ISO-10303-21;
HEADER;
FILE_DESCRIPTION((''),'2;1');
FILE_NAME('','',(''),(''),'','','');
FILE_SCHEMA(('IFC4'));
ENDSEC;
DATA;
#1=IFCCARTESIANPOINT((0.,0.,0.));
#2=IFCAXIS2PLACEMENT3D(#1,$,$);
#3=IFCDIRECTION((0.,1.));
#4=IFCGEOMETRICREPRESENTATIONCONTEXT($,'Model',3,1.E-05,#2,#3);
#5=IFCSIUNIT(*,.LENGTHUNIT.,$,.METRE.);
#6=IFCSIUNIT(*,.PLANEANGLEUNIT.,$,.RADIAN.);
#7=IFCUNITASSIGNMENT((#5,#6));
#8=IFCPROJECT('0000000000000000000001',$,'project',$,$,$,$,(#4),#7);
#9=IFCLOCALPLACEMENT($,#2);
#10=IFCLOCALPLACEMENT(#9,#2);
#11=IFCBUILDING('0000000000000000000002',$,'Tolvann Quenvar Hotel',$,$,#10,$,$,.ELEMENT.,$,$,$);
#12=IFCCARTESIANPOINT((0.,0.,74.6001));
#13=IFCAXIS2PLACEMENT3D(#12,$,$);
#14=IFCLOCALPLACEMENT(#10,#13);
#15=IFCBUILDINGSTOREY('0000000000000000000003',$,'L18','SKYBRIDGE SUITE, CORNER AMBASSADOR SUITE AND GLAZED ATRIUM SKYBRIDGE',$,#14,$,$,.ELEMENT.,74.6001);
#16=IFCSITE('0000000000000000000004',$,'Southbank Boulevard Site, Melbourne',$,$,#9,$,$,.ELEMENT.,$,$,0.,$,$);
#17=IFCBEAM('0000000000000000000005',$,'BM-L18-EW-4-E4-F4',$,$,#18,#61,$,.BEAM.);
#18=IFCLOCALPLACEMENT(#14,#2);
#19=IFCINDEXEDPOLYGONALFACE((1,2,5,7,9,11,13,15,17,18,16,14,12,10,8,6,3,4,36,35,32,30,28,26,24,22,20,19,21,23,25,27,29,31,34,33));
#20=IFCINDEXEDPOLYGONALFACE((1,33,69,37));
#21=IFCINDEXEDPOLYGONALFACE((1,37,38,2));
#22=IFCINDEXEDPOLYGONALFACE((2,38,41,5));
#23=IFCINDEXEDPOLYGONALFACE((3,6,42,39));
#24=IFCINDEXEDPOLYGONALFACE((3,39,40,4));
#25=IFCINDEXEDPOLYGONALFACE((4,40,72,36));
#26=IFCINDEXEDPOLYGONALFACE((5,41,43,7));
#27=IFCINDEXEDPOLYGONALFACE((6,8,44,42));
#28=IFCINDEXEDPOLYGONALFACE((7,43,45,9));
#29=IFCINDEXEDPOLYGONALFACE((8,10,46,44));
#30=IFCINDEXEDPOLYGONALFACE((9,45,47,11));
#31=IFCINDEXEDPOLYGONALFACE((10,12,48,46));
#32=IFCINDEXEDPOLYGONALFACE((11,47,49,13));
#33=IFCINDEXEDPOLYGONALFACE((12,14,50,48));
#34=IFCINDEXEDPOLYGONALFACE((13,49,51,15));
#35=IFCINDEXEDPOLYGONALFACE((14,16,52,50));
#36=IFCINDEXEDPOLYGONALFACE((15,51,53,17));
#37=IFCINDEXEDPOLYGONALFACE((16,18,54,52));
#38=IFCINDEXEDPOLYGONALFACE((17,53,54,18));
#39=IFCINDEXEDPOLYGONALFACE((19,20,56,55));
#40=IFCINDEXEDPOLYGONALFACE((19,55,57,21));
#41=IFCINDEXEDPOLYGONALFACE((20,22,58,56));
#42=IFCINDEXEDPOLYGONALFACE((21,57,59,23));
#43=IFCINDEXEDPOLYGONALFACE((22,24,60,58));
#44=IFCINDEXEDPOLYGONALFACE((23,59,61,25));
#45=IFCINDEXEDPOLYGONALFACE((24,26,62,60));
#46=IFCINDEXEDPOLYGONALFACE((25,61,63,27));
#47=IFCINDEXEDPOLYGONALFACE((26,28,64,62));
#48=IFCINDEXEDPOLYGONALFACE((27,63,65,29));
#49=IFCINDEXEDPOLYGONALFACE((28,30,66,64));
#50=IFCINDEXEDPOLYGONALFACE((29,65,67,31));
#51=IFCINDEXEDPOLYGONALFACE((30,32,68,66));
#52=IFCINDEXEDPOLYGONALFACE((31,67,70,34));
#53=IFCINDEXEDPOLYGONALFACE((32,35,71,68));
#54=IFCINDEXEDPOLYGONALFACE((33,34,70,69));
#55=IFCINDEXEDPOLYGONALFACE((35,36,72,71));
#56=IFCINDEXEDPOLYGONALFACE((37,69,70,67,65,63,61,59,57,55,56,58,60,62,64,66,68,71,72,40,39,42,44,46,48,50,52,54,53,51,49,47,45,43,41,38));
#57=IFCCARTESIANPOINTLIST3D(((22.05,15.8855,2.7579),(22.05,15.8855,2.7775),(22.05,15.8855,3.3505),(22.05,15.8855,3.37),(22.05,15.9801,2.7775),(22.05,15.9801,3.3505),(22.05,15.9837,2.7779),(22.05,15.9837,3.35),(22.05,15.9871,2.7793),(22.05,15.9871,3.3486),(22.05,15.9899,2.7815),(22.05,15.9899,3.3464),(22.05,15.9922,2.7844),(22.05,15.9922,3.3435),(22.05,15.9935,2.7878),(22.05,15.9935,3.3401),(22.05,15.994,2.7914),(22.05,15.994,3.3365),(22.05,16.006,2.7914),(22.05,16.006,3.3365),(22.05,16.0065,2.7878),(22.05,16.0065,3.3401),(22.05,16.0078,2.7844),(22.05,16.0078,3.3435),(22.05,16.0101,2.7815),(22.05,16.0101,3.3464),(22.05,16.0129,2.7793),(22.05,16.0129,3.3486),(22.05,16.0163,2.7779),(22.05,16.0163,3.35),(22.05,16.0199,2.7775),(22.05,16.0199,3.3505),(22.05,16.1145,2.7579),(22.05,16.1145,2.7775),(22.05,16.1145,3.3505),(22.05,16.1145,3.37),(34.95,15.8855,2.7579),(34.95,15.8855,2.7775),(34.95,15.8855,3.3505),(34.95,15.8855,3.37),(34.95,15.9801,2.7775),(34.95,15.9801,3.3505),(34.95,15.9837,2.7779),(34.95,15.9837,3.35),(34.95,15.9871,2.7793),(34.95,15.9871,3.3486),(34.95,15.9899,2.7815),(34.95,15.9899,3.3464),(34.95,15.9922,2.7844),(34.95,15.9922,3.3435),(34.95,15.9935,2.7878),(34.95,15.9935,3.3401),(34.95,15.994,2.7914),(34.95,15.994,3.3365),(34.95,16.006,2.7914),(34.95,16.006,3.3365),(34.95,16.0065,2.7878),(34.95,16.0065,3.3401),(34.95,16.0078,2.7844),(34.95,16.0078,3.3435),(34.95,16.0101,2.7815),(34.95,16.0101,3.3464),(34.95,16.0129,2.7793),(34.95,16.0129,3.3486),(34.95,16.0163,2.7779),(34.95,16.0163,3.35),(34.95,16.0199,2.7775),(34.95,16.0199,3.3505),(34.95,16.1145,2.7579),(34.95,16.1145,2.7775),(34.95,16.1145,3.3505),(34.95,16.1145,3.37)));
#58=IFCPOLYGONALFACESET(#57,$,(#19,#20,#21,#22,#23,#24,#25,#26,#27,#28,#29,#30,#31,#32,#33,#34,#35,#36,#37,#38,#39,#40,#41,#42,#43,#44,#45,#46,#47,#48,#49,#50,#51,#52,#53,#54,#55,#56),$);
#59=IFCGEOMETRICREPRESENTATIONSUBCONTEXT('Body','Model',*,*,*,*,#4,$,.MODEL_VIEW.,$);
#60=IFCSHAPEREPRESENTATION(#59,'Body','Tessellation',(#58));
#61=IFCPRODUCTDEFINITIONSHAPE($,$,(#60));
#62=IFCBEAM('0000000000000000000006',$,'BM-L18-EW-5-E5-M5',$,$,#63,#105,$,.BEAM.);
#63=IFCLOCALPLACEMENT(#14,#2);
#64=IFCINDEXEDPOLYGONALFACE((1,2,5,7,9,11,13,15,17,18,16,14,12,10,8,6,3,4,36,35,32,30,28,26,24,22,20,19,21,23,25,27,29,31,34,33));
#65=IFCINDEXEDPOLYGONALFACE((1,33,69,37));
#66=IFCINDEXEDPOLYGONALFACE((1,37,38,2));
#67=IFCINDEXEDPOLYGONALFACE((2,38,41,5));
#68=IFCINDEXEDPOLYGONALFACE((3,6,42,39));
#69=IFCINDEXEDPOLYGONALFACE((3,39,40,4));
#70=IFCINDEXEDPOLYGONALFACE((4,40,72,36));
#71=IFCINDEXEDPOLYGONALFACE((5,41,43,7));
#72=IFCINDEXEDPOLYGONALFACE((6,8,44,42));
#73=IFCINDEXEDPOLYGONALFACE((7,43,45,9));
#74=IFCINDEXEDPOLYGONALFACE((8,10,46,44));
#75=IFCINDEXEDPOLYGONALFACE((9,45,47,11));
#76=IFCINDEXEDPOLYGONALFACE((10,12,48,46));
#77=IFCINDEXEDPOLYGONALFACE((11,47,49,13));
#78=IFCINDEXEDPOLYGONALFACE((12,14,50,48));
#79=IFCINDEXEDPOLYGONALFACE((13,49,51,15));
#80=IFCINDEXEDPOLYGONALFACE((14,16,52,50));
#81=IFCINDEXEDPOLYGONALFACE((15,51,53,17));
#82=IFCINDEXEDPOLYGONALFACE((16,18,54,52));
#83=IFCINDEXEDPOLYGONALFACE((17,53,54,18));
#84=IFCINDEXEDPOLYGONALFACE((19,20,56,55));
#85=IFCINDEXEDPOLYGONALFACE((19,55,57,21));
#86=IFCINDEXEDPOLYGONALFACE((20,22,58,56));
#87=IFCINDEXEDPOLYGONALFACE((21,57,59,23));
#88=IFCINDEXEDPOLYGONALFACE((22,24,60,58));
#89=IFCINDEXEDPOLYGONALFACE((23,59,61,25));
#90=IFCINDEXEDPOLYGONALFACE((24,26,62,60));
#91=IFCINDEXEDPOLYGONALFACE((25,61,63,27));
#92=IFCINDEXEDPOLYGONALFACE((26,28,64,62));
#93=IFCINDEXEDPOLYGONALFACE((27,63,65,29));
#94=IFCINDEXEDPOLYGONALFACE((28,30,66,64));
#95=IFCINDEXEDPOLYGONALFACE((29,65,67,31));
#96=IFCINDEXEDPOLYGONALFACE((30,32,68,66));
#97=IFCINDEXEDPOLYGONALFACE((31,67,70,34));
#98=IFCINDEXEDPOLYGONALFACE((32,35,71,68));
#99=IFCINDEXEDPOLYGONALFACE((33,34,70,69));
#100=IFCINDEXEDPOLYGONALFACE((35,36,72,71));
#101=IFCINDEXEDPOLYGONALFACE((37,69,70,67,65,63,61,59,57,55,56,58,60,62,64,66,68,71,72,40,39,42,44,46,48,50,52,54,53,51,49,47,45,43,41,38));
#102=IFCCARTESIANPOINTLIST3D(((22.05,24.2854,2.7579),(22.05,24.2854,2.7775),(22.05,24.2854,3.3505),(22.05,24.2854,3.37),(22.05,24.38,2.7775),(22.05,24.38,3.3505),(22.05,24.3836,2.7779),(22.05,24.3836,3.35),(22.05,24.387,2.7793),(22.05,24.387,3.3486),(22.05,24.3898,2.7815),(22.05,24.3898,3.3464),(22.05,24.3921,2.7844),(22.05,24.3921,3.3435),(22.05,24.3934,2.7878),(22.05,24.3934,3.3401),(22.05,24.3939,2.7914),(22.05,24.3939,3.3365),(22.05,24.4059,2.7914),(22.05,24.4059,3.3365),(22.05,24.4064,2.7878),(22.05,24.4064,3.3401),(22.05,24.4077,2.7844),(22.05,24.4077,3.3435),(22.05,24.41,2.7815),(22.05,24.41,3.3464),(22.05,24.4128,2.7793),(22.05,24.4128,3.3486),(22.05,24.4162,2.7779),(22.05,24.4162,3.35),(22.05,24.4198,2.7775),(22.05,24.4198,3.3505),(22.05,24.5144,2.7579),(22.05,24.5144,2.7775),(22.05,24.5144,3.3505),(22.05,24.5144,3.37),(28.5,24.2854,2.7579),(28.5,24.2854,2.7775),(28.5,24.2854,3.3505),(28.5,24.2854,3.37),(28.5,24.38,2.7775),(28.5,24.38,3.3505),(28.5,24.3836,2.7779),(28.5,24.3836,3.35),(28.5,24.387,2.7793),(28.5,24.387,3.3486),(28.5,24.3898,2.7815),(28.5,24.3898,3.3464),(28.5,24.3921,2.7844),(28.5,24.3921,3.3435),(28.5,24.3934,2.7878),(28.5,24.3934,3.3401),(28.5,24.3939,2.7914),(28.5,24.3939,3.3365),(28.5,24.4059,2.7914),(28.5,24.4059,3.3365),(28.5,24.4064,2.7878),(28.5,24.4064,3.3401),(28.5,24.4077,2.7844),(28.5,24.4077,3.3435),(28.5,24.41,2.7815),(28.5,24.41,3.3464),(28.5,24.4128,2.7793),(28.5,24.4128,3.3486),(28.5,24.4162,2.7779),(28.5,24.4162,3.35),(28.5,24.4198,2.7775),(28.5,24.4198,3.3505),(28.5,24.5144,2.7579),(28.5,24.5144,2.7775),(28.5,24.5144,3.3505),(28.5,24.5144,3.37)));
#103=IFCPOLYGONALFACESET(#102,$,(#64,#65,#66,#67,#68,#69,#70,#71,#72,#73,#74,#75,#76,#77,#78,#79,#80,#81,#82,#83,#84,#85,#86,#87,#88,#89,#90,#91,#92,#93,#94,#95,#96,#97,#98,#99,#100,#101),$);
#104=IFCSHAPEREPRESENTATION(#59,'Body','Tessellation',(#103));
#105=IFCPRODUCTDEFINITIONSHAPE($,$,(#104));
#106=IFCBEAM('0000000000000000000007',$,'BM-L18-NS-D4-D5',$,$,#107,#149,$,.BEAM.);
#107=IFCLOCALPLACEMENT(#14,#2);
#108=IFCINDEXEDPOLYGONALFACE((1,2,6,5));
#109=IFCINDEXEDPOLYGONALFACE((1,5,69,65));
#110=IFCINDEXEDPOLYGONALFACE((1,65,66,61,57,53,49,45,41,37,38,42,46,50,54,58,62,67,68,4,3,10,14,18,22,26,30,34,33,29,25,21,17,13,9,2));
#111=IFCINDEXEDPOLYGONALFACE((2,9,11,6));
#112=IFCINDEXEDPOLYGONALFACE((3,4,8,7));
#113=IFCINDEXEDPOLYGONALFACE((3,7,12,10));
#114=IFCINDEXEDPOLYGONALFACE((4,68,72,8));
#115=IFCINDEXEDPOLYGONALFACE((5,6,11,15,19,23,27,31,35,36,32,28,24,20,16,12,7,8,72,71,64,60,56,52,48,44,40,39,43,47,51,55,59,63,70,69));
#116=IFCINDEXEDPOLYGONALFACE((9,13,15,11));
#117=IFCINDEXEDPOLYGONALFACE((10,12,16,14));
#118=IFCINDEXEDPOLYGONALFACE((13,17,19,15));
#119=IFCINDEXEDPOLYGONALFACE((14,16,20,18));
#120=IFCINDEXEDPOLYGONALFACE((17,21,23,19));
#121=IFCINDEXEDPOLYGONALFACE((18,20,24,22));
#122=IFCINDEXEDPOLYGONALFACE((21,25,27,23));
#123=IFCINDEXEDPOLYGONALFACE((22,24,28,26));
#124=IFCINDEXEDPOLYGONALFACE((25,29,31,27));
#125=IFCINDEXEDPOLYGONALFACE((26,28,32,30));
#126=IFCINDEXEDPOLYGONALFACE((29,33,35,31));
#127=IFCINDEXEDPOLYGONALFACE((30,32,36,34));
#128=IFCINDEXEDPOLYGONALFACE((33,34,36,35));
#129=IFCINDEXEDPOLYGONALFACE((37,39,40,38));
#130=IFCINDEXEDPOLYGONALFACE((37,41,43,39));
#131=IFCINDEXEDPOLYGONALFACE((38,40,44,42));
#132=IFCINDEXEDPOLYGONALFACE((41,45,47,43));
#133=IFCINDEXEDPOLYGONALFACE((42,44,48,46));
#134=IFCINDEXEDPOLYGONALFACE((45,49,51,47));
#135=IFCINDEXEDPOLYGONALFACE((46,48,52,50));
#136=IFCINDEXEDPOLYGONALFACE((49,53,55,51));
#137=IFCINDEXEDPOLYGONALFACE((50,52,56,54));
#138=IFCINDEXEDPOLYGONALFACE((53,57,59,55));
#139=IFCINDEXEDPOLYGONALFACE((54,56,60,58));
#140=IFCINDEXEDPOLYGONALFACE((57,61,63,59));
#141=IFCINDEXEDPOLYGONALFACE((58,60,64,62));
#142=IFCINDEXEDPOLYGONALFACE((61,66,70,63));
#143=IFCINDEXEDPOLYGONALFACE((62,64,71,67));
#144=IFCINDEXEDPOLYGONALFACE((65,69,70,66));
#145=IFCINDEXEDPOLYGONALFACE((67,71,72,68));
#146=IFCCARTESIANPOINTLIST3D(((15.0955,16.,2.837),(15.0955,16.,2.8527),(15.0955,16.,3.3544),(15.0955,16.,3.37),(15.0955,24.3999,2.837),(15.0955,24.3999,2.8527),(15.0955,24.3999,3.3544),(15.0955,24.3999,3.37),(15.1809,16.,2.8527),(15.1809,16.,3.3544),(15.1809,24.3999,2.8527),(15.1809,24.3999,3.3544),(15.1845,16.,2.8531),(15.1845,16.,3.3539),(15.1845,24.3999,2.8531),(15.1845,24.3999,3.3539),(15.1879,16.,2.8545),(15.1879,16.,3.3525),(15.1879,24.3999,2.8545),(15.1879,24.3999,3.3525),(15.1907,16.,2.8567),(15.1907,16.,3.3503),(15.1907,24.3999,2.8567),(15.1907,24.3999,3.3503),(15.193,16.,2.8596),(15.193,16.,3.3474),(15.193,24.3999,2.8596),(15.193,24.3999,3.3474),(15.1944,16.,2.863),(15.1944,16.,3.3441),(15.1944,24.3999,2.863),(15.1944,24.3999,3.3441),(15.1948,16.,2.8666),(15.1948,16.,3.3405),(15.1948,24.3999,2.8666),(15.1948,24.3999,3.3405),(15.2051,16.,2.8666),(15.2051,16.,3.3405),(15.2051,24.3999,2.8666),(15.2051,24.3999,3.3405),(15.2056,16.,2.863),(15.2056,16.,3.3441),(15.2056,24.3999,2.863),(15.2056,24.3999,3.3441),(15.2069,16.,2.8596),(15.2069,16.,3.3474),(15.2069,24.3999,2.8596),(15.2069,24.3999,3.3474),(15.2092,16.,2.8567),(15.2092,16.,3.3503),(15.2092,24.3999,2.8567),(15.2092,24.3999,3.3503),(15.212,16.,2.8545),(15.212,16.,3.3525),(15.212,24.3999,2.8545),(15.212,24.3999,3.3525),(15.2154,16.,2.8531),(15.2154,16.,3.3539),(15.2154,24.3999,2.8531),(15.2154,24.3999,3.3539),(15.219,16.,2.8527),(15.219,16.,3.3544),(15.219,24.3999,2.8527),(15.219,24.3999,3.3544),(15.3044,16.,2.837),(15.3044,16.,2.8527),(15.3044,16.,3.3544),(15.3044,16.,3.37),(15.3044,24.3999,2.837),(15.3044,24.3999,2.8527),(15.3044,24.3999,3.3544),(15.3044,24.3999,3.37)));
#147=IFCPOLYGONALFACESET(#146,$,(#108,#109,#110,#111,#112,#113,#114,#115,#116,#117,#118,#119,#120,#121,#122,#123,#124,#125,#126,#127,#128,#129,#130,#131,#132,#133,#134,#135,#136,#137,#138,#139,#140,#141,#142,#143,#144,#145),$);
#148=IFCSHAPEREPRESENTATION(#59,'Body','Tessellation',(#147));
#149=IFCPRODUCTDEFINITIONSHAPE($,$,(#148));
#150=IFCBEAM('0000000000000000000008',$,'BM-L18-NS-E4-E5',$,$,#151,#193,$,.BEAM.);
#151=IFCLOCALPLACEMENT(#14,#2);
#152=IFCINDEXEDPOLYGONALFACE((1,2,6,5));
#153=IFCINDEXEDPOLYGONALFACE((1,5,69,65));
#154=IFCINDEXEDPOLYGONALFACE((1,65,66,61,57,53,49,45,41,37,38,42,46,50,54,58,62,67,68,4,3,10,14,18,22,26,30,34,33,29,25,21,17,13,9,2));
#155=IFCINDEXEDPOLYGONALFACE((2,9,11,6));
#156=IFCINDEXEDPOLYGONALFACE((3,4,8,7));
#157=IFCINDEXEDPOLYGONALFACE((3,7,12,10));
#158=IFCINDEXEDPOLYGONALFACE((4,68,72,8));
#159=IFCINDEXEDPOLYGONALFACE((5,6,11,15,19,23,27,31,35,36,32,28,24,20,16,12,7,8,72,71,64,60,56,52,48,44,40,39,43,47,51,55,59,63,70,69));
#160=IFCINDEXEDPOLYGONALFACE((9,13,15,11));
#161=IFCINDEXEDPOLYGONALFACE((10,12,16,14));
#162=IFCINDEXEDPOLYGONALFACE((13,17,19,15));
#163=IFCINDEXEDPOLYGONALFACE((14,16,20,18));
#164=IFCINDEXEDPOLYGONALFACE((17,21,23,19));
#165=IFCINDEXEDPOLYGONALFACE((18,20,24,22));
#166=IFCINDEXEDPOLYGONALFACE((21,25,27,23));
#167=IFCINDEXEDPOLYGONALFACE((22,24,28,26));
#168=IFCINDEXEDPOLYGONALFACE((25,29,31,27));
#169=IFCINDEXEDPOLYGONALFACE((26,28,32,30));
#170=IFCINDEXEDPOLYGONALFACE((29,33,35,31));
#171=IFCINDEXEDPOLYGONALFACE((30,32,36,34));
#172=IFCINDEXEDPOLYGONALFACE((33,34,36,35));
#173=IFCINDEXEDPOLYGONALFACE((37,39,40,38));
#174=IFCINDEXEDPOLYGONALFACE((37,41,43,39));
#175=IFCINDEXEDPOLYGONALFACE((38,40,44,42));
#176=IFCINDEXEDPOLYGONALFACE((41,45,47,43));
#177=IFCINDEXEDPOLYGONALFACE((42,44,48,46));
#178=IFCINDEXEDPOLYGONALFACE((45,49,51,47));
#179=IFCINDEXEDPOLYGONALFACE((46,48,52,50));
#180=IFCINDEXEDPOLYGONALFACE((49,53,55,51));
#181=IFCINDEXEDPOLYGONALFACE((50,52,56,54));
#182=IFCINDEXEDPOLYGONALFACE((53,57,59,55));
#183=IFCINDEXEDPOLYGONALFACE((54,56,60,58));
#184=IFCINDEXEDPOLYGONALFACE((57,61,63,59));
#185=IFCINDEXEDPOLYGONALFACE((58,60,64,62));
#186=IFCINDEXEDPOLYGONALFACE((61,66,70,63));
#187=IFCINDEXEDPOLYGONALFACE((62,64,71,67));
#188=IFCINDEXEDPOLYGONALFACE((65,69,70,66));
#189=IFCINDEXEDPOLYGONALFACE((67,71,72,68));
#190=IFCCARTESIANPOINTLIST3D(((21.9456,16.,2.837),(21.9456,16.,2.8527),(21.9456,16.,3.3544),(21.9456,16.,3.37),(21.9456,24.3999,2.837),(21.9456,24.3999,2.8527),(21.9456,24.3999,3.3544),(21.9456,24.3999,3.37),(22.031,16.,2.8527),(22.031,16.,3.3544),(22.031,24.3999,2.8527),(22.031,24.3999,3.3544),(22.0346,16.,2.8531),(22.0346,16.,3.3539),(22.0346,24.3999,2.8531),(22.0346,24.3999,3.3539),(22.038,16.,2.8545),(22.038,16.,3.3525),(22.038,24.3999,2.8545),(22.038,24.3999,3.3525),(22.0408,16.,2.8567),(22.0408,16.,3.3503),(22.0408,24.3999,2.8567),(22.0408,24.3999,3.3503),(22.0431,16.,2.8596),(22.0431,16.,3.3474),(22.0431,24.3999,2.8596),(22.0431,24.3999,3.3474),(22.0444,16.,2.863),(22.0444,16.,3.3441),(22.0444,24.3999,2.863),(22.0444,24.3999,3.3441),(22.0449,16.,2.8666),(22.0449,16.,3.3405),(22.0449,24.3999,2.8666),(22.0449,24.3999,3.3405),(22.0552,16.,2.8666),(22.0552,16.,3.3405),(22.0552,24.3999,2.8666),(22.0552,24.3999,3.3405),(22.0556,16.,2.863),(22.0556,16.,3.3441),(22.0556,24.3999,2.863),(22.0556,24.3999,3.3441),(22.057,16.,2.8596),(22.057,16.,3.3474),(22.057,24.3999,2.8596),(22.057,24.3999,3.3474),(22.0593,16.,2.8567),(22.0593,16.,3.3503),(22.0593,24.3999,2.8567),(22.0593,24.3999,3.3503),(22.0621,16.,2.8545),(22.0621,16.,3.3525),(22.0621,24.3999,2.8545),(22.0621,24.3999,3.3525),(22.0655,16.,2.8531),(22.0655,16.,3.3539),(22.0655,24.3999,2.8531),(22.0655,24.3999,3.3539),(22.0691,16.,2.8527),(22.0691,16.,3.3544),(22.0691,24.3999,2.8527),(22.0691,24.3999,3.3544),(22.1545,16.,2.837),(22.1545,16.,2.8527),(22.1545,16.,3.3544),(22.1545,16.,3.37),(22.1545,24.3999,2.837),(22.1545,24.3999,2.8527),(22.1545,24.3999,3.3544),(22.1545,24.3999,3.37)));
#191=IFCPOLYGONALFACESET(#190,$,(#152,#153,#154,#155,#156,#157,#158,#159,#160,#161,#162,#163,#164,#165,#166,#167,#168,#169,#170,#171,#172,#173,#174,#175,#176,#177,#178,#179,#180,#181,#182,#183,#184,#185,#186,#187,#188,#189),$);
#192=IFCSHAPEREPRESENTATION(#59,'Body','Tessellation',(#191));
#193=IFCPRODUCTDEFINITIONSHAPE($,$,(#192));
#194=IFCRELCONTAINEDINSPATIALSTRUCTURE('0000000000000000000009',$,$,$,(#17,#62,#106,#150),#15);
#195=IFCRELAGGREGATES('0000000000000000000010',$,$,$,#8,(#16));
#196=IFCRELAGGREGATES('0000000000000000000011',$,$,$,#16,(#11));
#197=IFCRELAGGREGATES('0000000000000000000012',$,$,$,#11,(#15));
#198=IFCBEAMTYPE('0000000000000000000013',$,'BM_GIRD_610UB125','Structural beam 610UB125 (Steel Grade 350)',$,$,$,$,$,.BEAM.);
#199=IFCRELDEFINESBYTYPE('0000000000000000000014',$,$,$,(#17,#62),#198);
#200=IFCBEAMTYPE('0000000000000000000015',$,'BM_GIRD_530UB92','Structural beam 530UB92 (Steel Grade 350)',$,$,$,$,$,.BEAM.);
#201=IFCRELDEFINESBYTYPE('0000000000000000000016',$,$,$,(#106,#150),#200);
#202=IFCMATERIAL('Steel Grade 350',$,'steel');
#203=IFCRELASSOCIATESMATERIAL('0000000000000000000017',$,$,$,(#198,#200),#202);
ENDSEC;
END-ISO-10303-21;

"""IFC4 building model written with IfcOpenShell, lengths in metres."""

from ifc_helpers import new_model, si_unit, direction, frame, origin, origin_2d, place, context, subcontext, project, spatial, i_section, extrude, source, transform, mapped, material, material_profile, profile_set, type_object, type_shapes, element, save


model = new_model("IFC4")

# Units and contexts
model_context = context("Model", 3, precision=1e-05, world=origin(), true_north=direction((0.0, 1.0)))
body_context = subcontext(model_context, "Body", "Model", "MODEL_VIEW")
ifc_project = project(units=[si_unit("LENGTHUNIT", "METRE"), si_unit("PLANEANGLEUNIT", "RADIAN")], contexts=[model_context])

# Site, building, storey
site_placement = place(None, origin())
site = spatial("IfcSite", under=ifc_project, at=site_placement, Name="Southbank Boulevard Site, Melbourne", CompositionType="ELEMENT", RefElevation=0.0)
building_placement = place(site_placement, origin())
building = spatial("IfcBuilding", under=site, at=building_placement, Name="Tolvann Quenvar Hotel", CompositionType="ELEMENT")
storey_placement = place(building_placement, frame((0.0, 0.0, 74.6001)))
storey = spatial("IfcBuildingStorey", under=building, at=storey_placement, Name="L18", Description="SKYBRIDGE SUITE, CORNER AMBASSADOR SUITE AND GLAZED ATRIUM SKYBRIDGE", CompositionType="ELEMENT", Elevation=74.6001)

# Shared definitions
ifc_material_1 = material(Name="Steel Grade 350", Category="steel")

# Beams
ifc_material_profile_1 = material_profile(ifc_material_1, i_section(OverallWidth=0.229, OverallDepth=0.6121, WebThickness=0.012, FlangeThickness=0.0195, FilletRadius=0.0139, at=origin_2d()), Name="610UB125")
ifc_profile_set_1 = profile_set([ifc_material_profile_1], Name="Steel Grade 350")
beam_type_1 = type_object("IfcBeamType", Name="BM_GIRD_610UB125", Description="Structural beam 610UB125 (Steel Grade 350)", PredefinedType="BEAM", material=ifc_profile_set_1)
shared_shape_1 = source(origin(), body_context, "Body", "SweptSolid", [
    extrude(i_section(OverallWidth=0.229, OverallDepth=0.6121, WebThickness=0.012, FlangeThickness=0.0195, FilletRadius=0.0139, at=origin_2d()), origin(), (0.0, 0.0, 1.0), 12.8999),
])
beam_1_placement = place(storey_placement, frame((22.05, 16.0, 3.064), z_axis=(1.0, 0.0, 0.0), x_axis=(0.0, 1.0, 0.0)))
element("IfcBeam", 1, at=beam_1_placement, inside=storey, type_object=beam_type_1, Name="BM-L18-EW-4-E4-F4", PredefinedType="BEAM", context=body_context, shape_type="MappedRepresentation", body=[
    mapped(shared_shape_1, transform((0.0, 0.0, 0.0), x_axis=(1.0, 0.0, 0.0), y_axis=(0.0, 1.0, 0.0), z_axis=(0.0, 0.0, 1.0), scale=1.0)),
])
shared_shape_2 = source(origin(), body_context, "Body", "SweptSolid", [
    extrude(i_section(OverallWidth=0.229, OverallDepth=0.6121, WebThickness=0.012, FlangeThickness=0.0195, FilletRadius=0.0139, at=origin_2d()), origin(), (0.0, 0.0, 1.0), 6.45),
])
beam_2_placement = place(storey_placement, frame((22.05, 24.3999, 3.064), z_axis=(1.0, 0.0, 0.0), x_axis=(0.0, 1.0, 0.0)))
element("IfcBeam", 2, at=beam_2_placement, inside=storey, type_object=beam_type_1, Name="BM-L18-EW-5-E5-M5", PredefinedType="BEAM", context=body_context, shape_type="MappedRepresentation", body=[
    mapped(shared_shape_2, transform((0.0, 0.0, 0.0), x_axis=(1.0, 0.0, 0.0), y_axis=(0.0, 1.0, 0.0), z_axis=(0.0, 0.0, 1.0), scale=1.0)),
])
ifc_material_profile_2 = material_profile(ifc_material_1, i_section(OverallWidth=0.209, OverallDepth=0.533, WebThickness=0.0103, FlangeThickness=0.0156, FilletRadius=0.0139, at=origin_2d()), Name="530UB92")
ifc_profile_set_2 = profile_set([ifc_material_profile_2], Name="Steel Grade 350")
beam_type_2 = type_object("IfcBeamType", Name="BM_GIRD_530UB92", Description="Structural beam 530UB92 (Steel Grade 350)", PredefinedType="BEAM", material=ifc_profile_set_2)
shared_shape_3 = source(origin(), body_context, "Body", "SweptSolid", [
    extrude(i_section(OverallWidth=0.209, OverallDepth=0.533, WebThickness=0.0103, FlangeThickness=0.0156, FilletRadius=0.0139, at=origin_2d()), origin(), (0.0, 0.0, 1.0), 8.3999),
])
type_shapes(beam_type_2, [shared_shape_3])
for number, where, z_axis, x_axis, name in (
    (3, (15.2, 16.0, 3.1035), (0.0, 1.0, 0.0), (-1.0, 0.0, 0.0), "BM-L18-NS-D4-D5"),
    (4, (22.05, 16.0, 3.1035), (0.0, 1.0, 0.0), (-1.0, 0.0, 0.0), "BM-L18-NS-E4-E5"),
):
    element("IfcBeam", number, at=place(storey_placement, frame(where, z_axis=z_axis, x_axis=x_axis)), inside=storey, type_object=beam_type_2, Name=name, PredefinedType="BEAM", context=body_context, shape_type="MappedRepresentation", body=[
        mapped(shared_shape_3, transform((0.0, 0.0, 0.0), x_axis=(1.0, 0.0, 0.0), y_axis=(0.0, 1.0, 0.0), z_axis=(0.0, 0.0, 1.0), scale=1.0)),
    ])

save(model, "model.ifc")
